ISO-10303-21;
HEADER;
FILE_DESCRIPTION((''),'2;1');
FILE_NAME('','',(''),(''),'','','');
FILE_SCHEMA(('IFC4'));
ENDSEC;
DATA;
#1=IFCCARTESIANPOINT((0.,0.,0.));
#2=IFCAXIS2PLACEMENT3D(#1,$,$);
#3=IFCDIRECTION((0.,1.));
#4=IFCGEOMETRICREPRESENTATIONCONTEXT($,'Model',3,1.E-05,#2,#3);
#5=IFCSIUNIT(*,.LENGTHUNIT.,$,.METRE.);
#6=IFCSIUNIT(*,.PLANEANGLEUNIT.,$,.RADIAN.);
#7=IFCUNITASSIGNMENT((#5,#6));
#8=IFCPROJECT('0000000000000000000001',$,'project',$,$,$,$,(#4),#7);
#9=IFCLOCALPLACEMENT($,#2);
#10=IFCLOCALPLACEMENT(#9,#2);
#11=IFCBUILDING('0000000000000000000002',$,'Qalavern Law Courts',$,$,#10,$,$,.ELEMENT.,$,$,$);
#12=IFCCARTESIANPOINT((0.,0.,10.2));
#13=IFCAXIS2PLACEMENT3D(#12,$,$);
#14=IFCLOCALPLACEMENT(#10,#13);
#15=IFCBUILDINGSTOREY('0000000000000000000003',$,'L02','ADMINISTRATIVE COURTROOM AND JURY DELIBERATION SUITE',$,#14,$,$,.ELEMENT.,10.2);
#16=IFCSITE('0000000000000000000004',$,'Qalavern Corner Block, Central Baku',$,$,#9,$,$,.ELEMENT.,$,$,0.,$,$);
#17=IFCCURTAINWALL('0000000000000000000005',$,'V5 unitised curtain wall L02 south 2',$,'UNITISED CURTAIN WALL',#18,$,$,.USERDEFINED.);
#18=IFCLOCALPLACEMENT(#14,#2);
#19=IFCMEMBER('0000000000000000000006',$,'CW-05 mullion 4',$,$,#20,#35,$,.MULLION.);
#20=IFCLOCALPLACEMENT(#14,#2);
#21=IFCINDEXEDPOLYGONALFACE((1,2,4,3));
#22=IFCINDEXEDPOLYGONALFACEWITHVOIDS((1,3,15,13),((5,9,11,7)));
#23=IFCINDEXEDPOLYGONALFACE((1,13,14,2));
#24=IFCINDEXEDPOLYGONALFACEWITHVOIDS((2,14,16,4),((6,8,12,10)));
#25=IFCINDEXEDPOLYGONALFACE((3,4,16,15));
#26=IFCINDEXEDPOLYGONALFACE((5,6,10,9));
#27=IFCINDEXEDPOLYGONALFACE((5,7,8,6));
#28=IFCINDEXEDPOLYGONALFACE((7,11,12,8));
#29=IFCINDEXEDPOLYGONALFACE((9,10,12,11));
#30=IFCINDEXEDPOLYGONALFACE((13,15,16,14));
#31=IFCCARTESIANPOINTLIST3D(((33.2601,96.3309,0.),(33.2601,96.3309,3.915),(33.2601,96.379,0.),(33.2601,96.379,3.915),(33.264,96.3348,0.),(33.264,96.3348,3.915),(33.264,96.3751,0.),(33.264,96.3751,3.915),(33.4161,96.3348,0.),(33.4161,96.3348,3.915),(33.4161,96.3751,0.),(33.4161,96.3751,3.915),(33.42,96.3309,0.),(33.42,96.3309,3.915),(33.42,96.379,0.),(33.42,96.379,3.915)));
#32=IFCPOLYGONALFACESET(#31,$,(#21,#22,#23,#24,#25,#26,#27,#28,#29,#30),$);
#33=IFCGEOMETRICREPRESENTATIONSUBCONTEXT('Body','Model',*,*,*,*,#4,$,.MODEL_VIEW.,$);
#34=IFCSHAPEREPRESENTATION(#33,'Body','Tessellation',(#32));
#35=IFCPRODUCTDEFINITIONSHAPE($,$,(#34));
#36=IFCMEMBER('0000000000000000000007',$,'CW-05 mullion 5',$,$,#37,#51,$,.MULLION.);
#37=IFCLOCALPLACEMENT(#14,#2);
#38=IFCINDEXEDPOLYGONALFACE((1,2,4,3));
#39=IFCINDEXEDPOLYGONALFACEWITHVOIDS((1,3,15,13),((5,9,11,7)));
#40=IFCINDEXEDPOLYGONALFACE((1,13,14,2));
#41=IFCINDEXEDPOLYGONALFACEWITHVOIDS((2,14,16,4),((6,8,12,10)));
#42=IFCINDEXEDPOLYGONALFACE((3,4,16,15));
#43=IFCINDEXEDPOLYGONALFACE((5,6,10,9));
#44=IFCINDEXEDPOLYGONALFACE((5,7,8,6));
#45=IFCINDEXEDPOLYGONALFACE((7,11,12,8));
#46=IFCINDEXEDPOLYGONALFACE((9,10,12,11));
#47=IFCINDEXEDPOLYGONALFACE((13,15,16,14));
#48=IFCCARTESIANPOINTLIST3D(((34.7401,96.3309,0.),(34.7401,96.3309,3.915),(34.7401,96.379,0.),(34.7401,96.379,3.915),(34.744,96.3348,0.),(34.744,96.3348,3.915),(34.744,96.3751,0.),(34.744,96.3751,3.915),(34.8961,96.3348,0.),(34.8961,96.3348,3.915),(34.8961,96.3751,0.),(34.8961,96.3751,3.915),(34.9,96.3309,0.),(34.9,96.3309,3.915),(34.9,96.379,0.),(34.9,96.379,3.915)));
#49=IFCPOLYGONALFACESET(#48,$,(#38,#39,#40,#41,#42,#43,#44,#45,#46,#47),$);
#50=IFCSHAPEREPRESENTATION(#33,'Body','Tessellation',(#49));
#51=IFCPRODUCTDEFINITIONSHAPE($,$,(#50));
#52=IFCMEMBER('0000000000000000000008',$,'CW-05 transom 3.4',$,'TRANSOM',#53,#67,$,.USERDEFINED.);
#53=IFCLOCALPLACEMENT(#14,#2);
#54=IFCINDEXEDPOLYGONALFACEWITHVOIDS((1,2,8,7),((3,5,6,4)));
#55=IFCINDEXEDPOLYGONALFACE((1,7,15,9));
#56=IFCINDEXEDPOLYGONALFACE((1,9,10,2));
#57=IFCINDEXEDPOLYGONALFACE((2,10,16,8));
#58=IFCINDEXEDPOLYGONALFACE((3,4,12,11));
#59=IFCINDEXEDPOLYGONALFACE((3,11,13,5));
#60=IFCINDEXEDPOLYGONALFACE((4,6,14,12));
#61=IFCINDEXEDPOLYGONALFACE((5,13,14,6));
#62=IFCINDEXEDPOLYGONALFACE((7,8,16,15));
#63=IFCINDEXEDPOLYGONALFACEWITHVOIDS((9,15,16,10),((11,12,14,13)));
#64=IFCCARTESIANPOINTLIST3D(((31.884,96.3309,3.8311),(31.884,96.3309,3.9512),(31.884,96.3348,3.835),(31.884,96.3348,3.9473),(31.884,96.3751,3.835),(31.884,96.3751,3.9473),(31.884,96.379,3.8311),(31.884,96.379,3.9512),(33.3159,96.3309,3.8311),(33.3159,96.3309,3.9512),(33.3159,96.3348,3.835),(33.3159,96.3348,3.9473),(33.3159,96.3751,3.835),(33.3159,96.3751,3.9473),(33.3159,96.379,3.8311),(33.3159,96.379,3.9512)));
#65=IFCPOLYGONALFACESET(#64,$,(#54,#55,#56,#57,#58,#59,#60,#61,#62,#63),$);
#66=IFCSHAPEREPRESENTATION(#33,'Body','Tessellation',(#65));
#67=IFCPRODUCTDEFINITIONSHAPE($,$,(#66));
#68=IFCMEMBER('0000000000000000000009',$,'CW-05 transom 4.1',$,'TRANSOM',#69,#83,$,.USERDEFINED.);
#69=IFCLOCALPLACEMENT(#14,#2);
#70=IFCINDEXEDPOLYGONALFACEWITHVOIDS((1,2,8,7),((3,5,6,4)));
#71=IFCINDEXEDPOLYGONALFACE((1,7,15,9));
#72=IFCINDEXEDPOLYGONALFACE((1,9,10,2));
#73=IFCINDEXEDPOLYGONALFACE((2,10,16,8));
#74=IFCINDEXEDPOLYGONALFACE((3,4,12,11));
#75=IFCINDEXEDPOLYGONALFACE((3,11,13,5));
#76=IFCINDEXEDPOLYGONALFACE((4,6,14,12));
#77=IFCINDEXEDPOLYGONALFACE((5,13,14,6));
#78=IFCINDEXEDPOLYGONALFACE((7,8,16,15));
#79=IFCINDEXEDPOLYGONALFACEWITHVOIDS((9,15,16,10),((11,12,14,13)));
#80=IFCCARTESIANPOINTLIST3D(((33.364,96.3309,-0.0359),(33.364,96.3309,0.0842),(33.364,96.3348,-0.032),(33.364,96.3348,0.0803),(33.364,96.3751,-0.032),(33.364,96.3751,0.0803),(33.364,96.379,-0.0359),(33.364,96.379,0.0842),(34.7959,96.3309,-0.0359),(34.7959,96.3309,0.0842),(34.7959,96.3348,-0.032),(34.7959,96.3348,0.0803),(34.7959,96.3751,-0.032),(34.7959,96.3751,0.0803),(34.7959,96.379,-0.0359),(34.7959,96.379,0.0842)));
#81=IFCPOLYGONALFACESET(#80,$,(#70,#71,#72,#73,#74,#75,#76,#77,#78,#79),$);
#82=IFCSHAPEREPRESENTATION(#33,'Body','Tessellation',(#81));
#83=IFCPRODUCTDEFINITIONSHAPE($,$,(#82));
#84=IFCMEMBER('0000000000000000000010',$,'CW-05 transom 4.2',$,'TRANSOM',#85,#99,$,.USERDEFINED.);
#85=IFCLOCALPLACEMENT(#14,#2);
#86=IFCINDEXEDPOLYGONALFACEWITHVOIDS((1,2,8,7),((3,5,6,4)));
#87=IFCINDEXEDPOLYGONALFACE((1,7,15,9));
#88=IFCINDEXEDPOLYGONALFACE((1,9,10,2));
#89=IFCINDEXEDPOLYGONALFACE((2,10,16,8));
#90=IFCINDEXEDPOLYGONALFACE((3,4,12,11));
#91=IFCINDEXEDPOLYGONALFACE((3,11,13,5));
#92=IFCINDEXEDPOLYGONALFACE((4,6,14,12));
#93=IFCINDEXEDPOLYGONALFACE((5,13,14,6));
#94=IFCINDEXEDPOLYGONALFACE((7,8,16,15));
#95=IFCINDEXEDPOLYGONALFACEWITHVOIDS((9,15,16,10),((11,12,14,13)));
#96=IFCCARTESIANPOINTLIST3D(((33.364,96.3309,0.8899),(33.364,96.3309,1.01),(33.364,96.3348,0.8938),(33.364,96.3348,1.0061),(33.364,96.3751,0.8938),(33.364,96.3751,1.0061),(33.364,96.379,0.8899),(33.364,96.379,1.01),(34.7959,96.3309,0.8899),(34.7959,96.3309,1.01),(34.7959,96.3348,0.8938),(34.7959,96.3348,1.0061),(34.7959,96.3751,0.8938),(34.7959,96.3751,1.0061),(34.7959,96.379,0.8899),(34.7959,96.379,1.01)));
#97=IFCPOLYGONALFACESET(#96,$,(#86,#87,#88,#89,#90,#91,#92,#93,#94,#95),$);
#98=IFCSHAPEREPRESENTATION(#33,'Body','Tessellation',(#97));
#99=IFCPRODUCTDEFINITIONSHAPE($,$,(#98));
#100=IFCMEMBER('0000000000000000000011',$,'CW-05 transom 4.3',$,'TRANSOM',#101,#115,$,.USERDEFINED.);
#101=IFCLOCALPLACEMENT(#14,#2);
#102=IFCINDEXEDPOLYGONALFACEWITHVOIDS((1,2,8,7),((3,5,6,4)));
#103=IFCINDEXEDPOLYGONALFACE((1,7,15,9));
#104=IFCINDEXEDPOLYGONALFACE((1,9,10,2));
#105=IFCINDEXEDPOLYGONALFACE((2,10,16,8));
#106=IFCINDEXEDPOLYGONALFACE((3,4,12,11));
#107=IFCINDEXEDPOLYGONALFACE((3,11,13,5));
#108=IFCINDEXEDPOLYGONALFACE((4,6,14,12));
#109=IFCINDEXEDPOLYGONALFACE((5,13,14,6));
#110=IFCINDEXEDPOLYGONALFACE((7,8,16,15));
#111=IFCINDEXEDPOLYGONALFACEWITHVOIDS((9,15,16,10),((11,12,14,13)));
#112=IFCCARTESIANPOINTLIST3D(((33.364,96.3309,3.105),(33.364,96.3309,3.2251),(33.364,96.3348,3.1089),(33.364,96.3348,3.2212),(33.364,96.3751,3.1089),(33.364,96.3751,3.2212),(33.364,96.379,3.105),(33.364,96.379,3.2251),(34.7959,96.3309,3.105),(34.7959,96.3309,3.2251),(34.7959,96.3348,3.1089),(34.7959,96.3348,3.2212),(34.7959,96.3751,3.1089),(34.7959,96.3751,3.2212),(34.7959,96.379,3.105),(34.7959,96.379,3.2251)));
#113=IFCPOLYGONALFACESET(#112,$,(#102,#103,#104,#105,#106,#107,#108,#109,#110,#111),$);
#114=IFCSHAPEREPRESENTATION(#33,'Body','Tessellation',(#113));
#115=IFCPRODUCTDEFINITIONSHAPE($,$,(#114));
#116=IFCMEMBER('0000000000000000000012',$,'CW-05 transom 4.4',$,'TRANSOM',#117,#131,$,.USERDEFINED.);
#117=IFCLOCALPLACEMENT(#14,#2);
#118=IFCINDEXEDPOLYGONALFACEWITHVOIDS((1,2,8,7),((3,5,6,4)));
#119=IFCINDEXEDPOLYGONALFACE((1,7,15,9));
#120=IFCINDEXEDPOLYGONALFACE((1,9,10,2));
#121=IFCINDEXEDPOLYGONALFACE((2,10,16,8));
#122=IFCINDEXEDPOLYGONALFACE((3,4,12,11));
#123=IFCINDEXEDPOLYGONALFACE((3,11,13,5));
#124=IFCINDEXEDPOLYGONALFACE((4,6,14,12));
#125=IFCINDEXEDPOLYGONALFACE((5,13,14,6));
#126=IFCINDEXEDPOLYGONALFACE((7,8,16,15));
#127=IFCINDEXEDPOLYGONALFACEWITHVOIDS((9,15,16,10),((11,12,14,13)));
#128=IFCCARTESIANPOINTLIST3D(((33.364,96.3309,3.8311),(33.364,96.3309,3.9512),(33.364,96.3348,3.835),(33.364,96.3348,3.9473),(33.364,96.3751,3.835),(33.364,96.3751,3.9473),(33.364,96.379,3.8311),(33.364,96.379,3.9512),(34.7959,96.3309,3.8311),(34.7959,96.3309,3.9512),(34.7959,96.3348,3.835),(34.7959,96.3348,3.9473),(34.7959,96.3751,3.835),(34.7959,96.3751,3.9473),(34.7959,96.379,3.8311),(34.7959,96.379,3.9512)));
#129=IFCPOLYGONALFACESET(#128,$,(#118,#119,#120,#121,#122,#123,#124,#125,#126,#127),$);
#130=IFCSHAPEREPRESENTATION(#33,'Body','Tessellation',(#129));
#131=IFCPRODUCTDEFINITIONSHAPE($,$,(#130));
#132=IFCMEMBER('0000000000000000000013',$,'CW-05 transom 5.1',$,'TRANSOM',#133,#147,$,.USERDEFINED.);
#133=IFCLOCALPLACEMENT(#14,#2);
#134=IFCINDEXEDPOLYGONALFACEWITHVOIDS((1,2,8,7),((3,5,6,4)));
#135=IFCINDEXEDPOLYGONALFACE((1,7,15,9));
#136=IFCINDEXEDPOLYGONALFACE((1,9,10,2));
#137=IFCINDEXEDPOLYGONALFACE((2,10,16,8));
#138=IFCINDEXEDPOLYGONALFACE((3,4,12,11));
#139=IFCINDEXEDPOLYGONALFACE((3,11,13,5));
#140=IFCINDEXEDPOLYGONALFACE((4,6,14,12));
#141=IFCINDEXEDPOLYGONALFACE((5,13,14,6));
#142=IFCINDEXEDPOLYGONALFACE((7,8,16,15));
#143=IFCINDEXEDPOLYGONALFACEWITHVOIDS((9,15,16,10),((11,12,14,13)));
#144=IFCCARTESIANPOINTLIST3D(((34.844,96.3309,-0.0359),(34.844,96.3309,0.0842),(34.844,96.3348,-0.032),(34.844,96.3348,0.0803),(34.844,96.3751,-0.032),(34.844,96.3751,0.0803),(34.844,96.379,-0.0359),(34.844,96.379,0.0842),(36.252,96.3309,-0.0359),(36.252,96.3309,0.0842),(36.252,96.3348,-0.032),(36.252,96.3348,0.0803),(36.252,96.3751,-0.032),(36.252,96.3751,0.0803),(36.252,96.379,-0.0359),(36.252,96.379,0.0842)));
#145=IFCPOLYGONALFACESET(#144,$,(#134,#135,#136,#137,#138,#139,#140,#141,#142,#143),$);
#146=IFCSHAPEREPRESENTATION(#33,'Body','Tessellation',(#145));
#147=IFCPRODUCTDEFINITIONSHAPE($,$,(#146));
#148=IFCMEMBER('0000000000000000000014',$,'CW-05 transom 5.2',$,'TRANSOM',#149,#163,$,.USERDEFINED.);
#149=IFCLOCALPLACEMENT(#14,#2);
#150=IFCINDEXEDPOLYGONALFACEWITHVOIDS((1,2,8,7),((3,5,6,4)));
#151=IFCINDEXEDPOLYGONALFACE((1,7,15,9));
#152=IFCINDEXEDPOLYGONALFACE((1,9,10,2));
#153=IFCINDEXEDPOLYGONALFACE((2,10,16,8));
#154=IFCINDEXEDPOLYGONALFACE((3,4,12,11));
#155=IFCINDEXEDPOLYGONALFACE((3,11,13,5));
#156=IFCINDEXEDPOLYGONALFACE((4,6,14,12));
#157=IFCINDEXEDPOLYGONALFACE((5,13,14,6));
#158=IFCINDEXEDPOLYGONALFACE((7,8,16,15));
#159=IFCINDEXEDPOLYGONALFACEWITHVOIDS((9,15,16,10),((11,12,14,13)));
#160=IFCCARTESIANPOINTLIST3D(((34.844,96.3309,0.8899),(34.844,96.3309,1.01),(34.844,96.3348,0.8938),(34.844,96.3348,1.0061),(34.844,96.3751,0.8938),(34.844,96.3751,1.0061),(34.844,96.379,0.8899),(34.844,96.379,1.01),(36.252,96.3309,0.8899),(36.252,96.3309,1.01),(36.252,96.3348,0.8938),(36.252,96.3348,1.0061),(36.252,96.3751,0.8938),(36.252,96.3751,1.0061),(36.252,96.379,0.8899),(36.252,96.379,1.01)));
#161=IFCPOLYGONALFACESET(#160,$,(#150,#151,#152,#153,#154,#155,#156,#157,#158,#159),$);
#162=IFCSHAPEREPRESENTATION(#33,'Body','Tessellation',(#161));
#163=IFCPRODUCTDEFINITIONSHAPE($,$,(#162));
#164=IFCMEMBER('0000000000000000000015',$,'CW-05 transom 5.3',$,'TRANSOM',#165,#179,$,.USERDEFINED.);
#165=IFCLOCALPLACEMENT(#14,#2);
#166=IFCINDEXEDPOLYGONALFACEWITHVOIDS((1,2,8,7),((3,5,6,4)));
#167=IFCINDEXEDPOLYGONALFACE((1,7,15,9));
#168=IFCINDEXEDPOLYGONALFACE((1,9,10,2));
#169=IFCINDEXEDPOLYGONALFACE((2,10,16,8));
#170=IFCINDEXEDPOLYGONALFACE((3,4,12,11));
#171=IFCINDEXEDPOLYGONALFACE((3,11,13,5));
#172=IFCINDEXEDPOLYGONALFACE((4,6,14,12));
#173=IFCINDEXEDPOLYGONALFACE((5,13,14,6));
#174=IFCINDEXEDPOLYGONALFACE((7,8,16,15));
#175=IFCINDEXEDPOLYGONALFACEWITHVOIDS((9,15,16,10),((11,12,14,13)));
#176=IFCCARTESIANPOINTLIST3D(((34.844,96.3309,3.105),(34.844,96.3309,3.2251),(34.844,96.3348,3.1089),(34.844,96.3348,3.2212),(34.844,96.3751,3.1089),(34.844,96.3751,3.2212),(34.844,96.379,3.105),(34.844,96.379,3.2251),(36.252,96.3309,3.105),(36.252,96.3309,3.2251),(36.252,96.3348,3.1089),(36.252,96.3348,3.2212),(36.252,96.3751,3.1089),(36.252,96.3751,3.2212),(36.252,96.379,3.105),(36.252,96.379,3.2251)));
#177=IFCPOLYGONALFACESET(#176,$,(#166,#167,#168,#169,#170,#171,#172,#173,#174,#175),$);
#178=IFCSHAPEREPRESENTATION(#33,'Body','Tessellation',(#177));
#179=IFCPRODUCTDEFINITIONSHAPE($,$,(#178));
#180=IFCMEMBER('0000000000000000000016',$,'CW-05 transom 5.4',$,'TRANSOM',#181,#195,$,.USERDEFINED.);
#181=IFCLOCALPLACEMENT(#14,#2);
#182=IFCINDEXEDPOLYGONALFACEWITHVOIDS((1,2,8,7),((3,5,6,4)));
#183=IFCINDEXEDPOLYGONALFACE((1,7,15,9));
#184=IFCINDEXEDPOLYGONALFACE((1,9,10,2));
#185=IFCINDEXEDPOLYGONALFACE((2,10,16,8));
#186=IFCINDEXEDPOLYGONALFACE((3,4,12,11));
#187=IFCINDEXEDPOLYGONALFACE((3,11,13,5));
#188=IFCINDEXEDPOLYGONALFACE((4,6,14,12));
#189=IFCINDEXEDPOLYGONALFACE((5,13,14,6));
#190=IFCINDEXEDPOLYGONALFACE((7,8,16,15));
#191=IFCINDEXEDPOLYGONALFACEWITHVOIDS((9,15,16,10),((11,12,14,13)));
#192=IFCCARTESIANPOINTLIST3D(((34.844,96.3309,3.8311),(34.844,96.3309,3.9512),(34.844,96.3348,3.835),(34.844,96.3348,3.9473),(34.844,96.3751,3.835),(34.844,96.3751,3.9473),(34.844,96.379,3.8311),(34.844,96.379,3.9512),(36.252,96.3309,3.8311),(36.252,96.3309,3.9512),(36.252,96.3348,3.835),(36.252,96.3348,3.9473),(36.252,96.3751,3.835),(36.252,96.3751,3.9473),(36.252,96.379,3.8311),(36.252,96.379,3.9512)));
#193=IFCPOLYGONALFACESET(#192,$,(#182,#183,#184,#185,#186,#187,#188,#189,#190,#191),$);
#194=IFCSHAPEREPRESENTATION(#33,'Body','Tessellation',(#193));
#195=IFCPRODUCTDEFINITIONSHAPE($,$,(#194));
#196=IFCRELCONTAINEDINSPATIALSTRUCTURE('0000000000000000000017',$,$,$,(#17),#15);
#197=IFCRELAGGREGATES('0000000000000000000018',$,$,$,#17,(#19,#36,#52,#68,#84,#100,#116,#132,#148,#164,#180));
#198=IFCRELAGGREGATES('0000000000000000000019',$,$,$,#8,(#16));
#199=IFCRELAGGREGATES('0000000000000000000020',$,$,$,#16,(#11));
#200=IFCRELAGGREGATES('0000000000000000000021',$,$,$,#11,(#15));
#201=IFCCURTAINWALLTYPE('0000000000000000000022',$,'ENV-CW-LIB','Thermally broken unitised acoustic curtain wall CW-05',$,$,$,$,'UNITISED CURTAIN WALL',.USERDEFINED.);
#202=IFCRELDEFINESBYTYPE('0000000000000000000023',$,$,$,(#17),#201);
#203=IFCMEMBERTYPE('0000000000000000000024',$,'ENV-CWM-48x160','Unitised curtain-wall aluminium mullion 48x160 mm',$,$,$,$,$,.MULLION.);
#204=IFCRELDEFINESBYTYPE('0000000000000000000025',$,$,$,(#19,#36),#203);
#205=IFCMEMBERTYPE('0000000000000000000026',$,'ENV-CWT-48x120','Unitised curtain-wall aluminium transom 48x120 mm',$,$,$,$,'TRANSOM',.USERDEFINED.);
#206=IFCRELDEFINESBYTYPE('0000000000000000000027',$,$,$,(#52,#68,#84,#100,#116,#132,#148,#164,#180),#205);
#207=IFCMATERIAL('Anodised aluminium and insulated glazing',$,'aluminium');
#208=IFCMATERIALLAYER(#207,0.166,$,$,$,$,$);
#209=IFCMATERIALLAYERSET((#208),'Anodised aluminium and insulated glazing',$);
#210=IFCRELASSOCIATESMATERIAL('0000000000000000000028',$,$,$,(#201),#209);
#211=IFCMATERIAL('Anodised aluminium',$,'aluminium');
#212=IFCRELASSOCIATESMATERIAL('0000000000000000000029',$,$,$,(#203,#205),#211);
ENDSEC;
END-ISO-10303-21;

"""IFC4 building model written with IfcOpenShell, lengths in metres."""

from ifc_helpers import new_model, si_unit, direction, frame, origin, origin_2d, place, context, subcontext, project, spatial, hollow_rectangle, extrude, material, layer, layer_set, material_profile, profile_set, type_object, element, aggregate, save


model = new_model("IFC4")

# Units and contexts
model_context = context("Model", 3, precision=1e-05, world=origin(), true_north=direction((0.0, 1.0)))
body_context = subcontext(model_context, "Body", "Model", "MODEL_VIEW")
ifc_project = project(units=[si_unit("LENGTHUNIT", "METRE"), si_unit("PLANEANGLEUNIT", "RADIAN")], contexts=[model_context])

# Site, building, storey
site_placement = place(None, origin())
site = spatial("IfcSite", under=ifc_project, at=site_placement, Name="Qalavern Corner Block, Central Baku", CompositionType="ELEMENT", RefElevation=0.0)
building_placement = place(site_placement, origin())
building = spatial("IfcBuilding", under=site, at=building_placement, Name="Qalavern Law Courts", CompositionType="ELEMENT")
storey_placement = place(building_placement, frame((0.0, 0.0, 10.2)))
storey = spatial("IfcBuildingStorey", under=building, at=storey_placement, Name="L02", Description="ADMINISTRATIVE COURTROOM AND JURY DELIBERATION SUITE", CompositionType="ELEMENT", Elevation=10.2)

# Curtain wall, members
ifc_material_1 = material(Name="Anodised aluminium and insulated glazing", Category="aluminium")
ifc_layer_1 = layer(ifc_material_1, 0.166)
ifc_layer_set_1 = layer_set([ifc_layer_1], Name="Anodised aluminium and insulated glazing")
curtain_wall_type = type_object("IfcCurtainWallType", Name="ENV-CW-LIB", Description="Thermally broken unitised acoustic curtain wall CW-05", ElementType="UNITISED CURTAIN WALL", PredefinedType="USERDEFINED", material=ifc_layer_set_1)
curtain_wall_placement = place(storey_placement, origin())
curtain_wall = element("IfcCurtainWall", 1, at=curtain_wall_placement, inside=storey, type_object=curtain_wall_type, Name="V5 unitised curtain wall L02 south 2", ObjectType="UNITISED CURTAIN WALL", PredefinedType="USERDEFINED")
ifc_material_2 = material(Name="Anodised aluminium", Category="aluminium")
ifc_material_profile_1 = material_profile(ifc_material_2, hollow_rectangle(XDim=0.0481, YDim=0.1599, WallThickness=0.0039, at=origin_2d()), Name="ALU MULLION 48x160")
ifc_profile_set_1 = profile_set([ifc_material_profile_1], Name="Anodised aluminium")
member_type_1 = type_object("IfcMemberType", Name="ENV-CWM-48x160", Description="Unitised curtain-wall aluminium mullion 48x160 mm", PredefinedType="MULLION", material=ifc_profile_set_1)
member_1_placement = place(storey_placement, frame((33.3401, 96.355, 0.0), z_axis=(0.0, 0.0, 1.0), x_axis=(0.0, 1.0, 0.0)))
member_1 = element("IfcMember", 2, at=member_1_placement, type_object=member_type_1, Name="CW-05 mullion 4", PredefinedType="MULLION", context=body_context, shape_type="SweptSolid", body=[
    extrude(hollow_rectangle(XDim=0.0481, YDim=0.1599, WallThickness=0.0039, at=origin_2d()), origin(), (0.0, 0.0, 1.0), 3.915),
])
member_2_placement = place(storey_placement, frame((34.8201, 96.355, 0.0), z_axis=(0.0, 0.0, 1.0), x_axis=(0.0, 1.0, 0.0)))
member_2 = element("IfcMember", 3, at=member_2_placement, type_object=member_type_1, Name="CW-05 mullion 5", PredefinedType="MULLION", context=body_context, shape_type="SweptSolid", body=[
    extrude(hollow_rectangle(XDim=0.0481, YDim=0.1599, WallThickness=0.0039, at=origin_2d()), origin(), (0.0, 0.0, 1.0), 3.915),
])
ifc_material_profile_2 = material_profile(ifc_material_2, hollow_rectangle(XDim=0.0481, YDim=0.1201, WallThickness=0.0039, at=origin_2d()), Name="ALU TRANSOM 48x120")
ifc_profile_set_2 = profile_set([ifc_material_profile_2], Name="Anodised aluminium")
member_type_2 = type_object("IfcMemberType", Name="ENV-CWT-48x120", Description="Unitised curtain-wall aluminium transom 48x120 mm", ElementType="TRANSOM", PredefinedType="USERDEFINED", material=ifc_profile_set_2)
member_3_placement = place(storey_placement, frame((31.884, 96.355, 3.8911), z_axis=(1.0, 0.0, 0.0), x_axis=(0.0, 1.0, 0.0)))
member_3 = element("IfcMember", 4, at=member_3_placement, type_object=member_type_2, Name="CW-05 transom 3.4", ObjectType="TRANSOM", PredefinedType="USERDEFINED", context=body_context, shape_type="SweptSolid", body=[
    extrude(hollow_rectangle(XDim=0.0481, YDim=0.1201, WallThickness=0.0039, at=origin_2d()), origin(), (0.0, 0.0, 1.0), 1.4319),
])
member_4_placement = place(storey_placement, frame((33.364, 96.355, 0.0242), z_axis=(1.0, 0.0, 0.0), x_axis=(0.0, 1.0, 0.0)))
member_4 = element("IfcMember", 5, at=member_4_placement, type_object=member_type_2, Name="CW-05 transom 4.1", ObjectType="TRANSOM", PredefinedType="USERDEFINED", context=body_context, shape_type="SweptSolid", body=[
    extrude(hollow_rectangle(XDim=0.0481, YDim=0.1201, WallThickness=0.0039, at=origin_2d()), origin(), (0.0, 0.0, 1.0), 1.4319),
])
member_5_placement = place(storey_placement, frame((33.364, 96.355, 0.95), z_axis=(1.0, 0.0, 0.0), x_axis=(0.0, 1.0, 0.0)))
member_5 = element("IfcMember", 6, at=member_5_placement, type_object=member_type_2, Name="CW-05 transom 4.2", ObjectType="TRANSOM", PredefinedType="USERDEFINED", context=body_context, shape_type="SweptSolid", body=[
    extrude(hollow_rectangle(XDim=0.0481, YDim=0.1201, WallThickness=0.0039, at=origin_2d()), origin(), (0.0, 0.0, 1.0), 1.4319),
])
member_6_placement = place(storey_placement, frame((33.364, 96.355, 3.165), z_axis=(1.0, 0.0, 0.0), x_axis=(0.0, 1.0, 0.0)))
member_6 = element("IfcMember", 7, at=member_6_placement, type_object=member_type_2, Name="CW-05 transom 4.3", ObjectType="TRANSOM", PredefinedType="USERDEFINED", context=body_context, shape_type="SweptSolid", body=[
    extrude(hollow_rectangle(XDim=0.0481, YDim=0.1201, WallThickness=0.0039, at=origin_2d()), origin(), (0.0, 0.0, 1.0), 1.4319),
])
member_7_placement = place(storey_placement, frame((33.364, 96.355, 3.8911), z_axis=(1.0, 0.0, 0.0), x_axis=(0.0, 1.0, 0.0)))
member_7 = element("IfcMember", 8, at=member_7_placement, type_object=member_type_2, Name="CW-05 transom 4.4", ObjectType="TRANSOM", PredefinedType="USERDEFINED", context=body_context, shape_type="SweptSolid", body=[
    extrude(hollow_rectangle(XDim=0.0481, YDim=0.1201, WallThickness=0.0039, at=origin_2d()), origin(), (0.0, 0.0, 1.0), 1.4319),
])
member_8_placement = place(storey_placement, frame((34.844, 96.355, 0.0242), z_axis=(1.0, 0.0, 0.0), x_axis=(0.0, 1.0, 0.0)))
member_8 = element("IfcMember", 9, at=member_8_placement, type_object=member_type_2, Name="CW-05 transom 5.1", ObjectType="TRANSOM", PredefinedType="USERDEFINED", context=body_context, shape_type="SweptSolid", body=[
    extrude(hollow_rectangle(XDim=0.0481, YDim=0.1201, WallThickness=0.0039, at=origin_2d()), origin(), (0.0, 0.0, 1.0), 1.408),
])
member_9_placement = place(storey_placement, frame((34.844, 96.355, 0.95), z_axis=(1.0, 0.0, 0.0), x_axis=(0.0, 1.0, 0.0)))
member_9 = element("IfcMember", 10, at=member_9_placement, type_object=member_type_2, Name="CW-05 transom 5.2", ObjectType="TRANSOM", PredefinedType="USERDEFINED", context=body_context, shape_type="SweptSolid", body=[
    extrude(hollow_rectangle(XDim=0.0481, YDim=0.1201, WallThickness=0.0039, at=origin_2d()), origin(), (0.0, 0.0, 1.0), 1.408),
])
member_10_placement = place(storey_placement, frame((34.844, 96.355, 3.165), z_axis=(1.0, 0.0, 0.0), x_axis=(0.0, 1.0, 0.0)))
member_10 = element("IfcMember", 11, at=member_10_placement, type_object=member_type_2, Name="CW-05 transom 5.3", ObjectType="TRANSOM", PredefinedType="USERDEFINED", context=body_context, shape_type="SweptSolid", body=[
    extrude(hollow_rectangle(XDim=0.0481, YDim=0.1201, WallThickness=0.0039, at=origin_2d()), origin(), (0.0, 0.0, 1.0), 1.408),
])
member_11_placement = place(storey_placement, frame((34.844, 96.355, 3.8911), z_axis=(1.0, 0.0, 0.0), x_axis=(0.0, 1.0, 0.0)))
member_11 = element("IfcMember", 12, at=member_11_placement, type_object=member_type_2, Name="CW-05 transom 5.4", ObjectType="TRANSOM", PredefinedType="USERDEFINED", context=body_context, shape_type="SweptSolid", body=[
    extrude(hollow_rectangle(XDim=0.0481, YDim=0.1201, WallThickness=0.0039, at=origin_2d()), origin(), (0.0, 0.0, 1.0), 1.408),
])
aggregate(curtain_wall, [member_1, member_2, member_3, member_4, member_5, member_6, member_7, member_8, member_9, member_10, member_11])

save(model, "model.ifc")
